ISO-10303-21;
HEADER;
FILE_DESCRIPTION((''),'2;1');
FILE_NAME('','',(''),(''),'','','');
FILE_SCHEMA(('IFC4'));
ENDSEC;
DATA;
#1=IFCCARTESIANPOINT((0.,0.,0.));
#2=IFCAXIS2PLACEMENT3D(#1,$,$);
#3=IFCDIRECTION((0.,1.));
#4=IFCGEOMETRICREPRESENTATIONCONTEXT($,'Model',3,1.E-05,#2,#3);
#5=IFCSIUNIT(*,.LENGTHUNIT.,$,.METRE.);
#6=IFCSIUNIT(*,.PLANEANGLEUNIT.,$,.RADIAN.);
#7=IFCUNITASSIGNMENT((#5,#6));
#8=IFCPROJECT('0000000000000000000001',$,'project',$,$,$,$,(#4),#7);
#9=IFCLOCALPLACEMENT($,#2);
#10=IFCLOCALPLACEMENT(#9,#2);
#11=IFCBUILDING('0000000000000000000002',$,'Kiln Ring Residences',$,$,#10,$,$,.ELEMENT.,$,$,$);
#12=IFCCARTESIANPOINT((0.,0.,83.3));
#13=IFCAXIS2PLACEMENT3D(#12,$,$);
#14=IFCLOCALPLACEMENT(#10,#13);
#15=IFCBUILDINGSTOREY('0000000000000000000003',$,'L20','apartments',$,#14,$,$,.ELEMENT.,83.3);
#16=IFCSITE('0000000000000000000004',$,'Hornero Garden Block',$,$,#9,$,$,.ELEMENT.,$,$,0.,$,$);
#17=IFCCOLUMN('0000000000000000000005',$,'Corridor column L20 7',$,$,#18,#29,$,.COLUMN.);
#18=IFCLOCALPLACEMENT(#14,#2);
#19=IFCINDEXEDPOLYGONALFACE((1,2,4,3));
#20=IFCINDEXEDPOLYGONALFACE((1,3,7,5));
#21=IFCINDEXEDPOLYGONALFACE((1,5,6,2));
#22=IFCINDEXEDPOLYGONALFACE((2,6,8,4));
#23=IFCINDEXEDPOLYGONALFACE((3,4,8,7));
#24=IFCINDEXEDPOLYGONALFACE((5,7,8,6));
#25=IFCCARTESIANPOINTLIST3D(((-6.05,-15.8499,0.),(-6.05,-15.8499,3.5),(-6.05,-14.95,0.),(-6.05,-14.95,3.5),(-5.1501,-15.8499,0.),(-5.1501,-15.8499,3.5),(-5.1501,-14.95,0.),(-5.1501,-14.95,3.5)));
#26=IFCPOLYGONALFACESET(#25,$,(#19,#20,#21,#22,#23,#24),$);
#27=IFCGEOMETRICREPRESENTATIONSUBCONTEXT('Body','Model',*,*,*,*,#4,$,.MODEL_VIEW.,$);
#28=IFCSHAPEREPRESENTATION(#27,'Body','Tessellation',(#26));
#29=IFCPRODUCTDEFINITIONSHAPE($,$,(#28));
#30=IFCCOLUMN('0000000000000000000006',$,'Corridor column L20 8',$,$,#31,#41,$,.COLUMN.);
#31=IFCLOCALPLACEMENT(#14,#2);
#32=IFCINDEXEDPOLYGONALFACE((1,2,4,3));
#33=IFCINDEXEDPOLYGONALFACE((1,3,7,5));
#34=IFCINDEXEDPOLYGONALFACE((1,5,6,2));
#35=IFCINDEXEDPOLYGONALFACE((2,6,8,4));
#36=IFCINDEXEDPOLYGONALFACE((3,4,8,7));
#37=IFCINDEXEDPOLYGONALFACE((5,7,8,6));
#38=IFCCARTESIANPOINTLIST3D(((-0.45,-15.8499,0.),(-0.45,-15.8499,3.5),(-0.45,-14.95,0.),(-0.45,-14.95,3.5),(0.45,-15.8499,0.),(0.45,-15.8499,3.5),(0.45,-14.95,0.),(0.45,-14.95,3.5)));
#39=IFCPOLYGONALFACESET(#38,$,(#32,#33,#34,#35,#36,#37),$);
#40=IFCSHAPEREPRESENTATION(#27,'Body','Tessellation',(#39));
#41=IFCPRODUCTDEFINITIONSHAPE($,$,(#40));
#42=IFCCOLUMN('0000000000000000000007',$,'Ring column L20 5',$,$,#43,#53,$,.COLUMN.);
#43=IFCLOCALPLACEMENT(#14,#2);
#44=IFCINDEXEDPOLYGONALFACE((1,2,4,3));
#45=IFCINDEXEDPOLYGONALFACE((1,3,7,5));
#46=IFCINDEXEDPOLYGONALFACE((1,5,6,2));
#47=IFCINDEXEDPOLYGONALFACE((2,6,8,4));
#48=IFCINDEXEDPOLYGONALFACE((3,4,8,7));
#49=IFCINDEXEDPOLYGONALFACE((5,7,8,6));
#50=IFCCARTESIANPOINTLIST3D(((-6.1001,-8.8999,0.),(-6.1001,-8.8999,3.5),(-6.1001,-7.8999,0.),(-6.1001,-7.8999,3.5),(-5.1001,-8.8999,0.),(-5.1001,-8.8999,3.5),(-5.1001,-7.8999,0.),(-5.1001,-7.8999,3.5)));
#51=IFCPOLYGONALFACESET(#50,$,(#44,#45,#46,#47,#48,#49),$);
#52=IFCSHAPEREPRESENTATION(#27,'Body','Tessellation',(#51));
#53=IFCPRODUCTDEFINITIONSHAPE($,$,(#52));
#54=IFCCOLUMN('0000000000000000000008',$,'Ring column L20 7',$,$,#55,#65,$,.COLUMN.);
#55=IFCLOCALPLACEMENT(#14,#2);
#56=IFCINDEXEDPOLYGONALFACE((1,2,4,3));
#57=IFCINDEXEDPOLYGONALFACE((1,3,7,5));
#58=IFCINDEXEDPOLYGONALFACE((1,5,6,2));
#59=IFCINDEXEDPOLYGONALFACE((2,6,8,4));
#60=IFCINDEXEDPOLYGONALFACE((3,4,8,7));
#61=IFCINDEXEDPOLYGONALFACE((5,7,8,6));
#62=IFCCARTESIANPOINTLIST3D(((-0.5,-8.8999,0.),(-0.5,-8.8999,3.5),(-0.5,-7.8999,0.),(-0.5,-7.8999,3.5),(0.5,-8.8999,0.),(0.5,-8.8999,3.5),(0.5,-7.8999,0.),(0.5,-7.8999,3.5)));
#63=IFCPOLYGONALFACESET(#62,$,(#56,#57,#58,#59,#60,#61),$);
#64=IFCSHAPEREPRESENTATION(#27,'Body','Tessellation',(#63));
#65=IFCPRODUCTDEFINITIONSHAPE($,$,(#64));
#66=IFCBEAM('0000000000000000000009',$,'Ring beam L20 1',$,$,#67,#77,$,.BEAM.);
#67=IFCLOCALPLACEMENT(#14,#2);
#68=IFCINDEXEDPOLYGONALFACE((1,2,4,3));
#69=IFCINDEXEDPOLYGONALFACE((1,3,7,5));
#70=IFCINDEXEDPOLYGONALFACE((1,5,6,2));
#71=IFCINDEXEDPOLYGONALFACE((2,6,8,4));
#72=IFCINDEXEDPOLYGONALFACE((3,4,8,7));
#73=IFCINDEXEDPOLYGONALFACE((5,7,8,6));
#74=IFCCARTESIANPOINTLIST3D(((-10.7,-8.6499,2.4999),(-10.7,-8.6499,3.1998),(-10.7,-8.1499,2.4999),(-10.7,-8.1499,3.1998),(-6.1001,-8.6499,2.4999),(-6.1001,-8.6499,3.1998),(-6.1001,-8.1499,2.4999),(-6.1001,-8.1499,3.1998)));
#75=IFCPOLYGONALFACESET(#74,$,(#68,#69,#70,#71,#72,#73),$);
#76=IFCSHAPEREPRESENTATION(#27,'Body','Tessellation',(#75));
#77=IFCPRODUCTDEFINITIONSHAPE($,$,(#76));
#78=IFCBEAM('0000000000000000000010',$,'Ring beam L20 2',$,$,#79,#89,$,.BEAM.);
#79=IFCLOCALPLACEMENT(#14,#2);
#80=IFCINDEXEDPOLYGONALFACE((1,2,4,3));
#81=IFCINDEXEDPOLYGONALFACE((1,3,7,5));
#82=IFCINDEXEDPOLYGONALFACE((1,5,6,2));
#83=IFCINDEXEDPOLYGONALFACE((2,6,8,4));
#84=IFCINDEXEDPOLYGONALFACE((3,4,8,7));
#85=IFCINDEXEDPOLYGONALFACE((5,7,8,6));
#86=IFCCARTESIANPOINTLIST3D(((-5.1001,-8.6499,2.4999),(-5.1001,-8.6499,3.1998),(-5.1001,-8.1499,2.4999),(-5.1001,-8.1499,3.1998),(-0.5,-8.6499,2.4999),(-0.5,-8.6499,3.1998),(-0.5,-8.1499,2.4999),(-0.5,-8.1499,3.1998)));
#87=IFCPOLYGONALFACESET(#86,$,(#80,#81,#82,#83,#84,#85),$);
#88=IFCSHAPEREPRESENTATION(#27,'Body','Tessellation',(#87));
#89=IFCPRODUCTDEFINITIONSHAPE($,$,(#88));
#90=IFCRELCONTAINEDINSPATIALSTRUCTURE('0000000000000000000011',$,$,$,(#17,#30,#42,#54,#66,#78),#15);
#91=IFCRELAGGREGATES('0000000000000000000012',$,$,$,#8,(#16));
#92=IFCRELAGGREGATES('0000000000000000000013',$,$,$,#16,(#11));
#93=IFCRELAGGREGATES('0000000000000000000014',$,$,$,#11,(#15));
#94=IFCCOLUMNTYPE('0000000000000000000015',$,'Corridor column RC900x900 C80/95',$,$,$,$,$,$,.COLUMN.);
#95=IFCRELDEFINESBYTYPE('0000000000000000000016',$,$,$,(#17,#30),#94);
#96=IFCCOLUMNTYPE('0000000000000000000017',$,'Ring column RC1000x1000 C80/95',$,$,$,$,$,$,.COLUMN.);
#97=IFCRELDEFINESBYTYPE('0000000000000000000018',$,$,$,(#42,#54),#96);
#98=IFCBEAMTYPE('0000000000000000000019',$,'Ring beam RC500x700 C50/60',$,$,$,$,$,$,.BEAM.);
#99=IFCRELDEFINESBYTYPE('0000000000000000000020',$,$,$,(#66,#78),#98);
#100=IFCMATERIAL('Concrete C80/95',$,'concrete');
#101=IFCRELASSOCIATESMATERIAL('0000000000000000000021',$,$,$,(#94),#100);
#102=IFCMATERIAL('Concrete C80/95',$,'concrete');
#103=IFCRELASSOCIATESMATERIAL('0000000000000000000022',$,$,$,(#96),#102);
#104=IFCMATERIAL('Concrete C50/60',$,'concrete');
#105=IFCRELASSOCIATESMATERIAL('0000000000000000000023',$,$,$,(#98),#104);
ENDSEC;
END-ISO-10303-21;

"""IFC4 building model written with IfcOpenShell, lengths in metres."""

from ifc_helpers import new_model, si_unit, direction, frame, origin, origin_2d, place, context, subcontext, project, spatial, rectangle, extrude, material, material_profile, profile_set, type_object, element, save


model = new_model("IFC4")

# Units and contexts
model_context = context("Model", 3, precision=1e-05, world=origin(), true_north=direction((0.0, 1.0)))
body_context = subcontext(model_context, "Body", "Model", "MODEL_VIEW")
ifc_project = project(units=[si_unit("LENGTHUNIT", "METRE"), si_unit("PLANEANGLEUNIT", "RADIAN")], contexts=[model_context])

# Site, building, storey
site_placement = place(None, origin())
site = spatial("IfcSite", under=ifc_project, at=site_placement, Name="Hornero Garden Block", CompositionType="ELEMENT", RefElevation=0.0)
building_placement = place(site_placement, origin())
building = spatial("IfcBuilding", under=site, at=building_placement, Name="Kiln Ring Residences", CompositionType="ELEMENT")
storey_placement = place(building_placement, frame((0.0, 0.0, 83.3)))
storey = spatial("IfcBuildingStorey", under=building, at=storey_placement, Name="L20", Description="apartments", CompositionType="ELEMENT", Elevation=83.3)

# Columns
ifc_material_1 = material(Name="Concrete C80/95", Category="concrete")
ifc_material_profile_1 = material_profile(ifc_material_1, rectangle(XDim=0.8999, YDim=0.8999, at=origin_2d()), Name="RC900x900")
ifc_profile_set_1 = profile_set([ifc_material_profile_1], Name="Concrete C80/95")
column_type_1 = type_object("IfcColumnType", Name="Corridor column RC900x900 C80/95", PredefinedType="COLUMN", material=ifc_profile_set_1)
for number, where, z_axis, x_axis, name in (
    (1, (-5.6001, -15.3999, 0.0), (0.0, 0.0, 1.0), (1.0, 0.0, 0.0), "Corridor column L20 7"),
    (2, (0.0, -15.3999, 0.0), (0.0, 0.0, 1.0), (1.0, 0.0, 0.0), "Corridor column L20 8"),
):
    element("IfcColumn", number, at=place(storey_placement, frame(where, z_axis=z_axis, x_axis=x_axis)), inside=storey, type_object=column_type_1, Name=name, PredefinedType="COLUMN", context=body_context, shape_type="SweptSolid", body=[
        extrude(rectangle(XDim=0.8999, YDim=0.8999, at=origin_2d()), origin(), (0.0, 0.0, 1.0), 3.5),
    ])
ifc_material_2 = material(Name="Concrete C80/95", Category="concrete")
ifc_material_profile_2 = material_profile(ifc_material_2, rectangle(XDim=1.0, YDim=1.0, at=origin_2d()), Name="RC1000x1000")
ifc_profile_set_2 = profile_set([ifc_material_profile_2], Name="Concrete C80/95")
column_type_2 = type_object("IfcColumnType", Name="Ring column RC1000x1000 C80/95", PredefinedType="COLUMN", material=ifc_profile_set_2)
for number, where, z_axis, x_axis, name in (
    (3, (-5.6001, -8.3999, 0.0), (0.0, 0.0, 1.0), (1.0, 0.0, 0.0), "Ring column L20 5"),
    (4, (0.0, -8.3999, 0.0), (0.0, 0.0, 1.0), (1.0, 0.0, 0.0), "Ring column L20 7"),
):
    element("IfcColumn", number, at=place(storey_placement, frame(where, z_axis=z_axis, x_axis=x_axis)), inside=storey, type_object=column_type_2, Name=name, PredefinedType="COLUMN", context=body_context, shape_type="SweptSolid", body=[
        extrude(rectangle(XDim=1.0, YDim=1.0, at=origin_2d()), origin(), (0.0, 0.0, 1.0), 3.5),
    ])

# Beams
ifc_material_3 = material(Name="Concrete C50/60", Category="concrete")
ifc_material_profile_3 = material_profile(ifc_material_3, rectangle(XDim=0.5, YDim=0.7, at=origin_2d()), Name="RC500x700")
ifc_profile_set_3 = profile_set([ifc_material_profile_3], Name="Concrete C50/60")
beam_type = type_object("IfcBeamType", Name="Ring beam RC500x700 C50/60", PredefinedType="BEAM", material=ifc_profile_set_3)
beam_1_placement = place(storey_placement, frame((-10.7, -8.3999, 2.8499), z_axis=(1.0, 0.0, 0.0), x_axis=(0.0, 1.0, 0.0)))
element("IfcBeam", 5, at=beam_1_placement, inside=storey, type_object=beam_type, Name="Ring beam L20 1", PredefinedType="BEAM", context=body_context, shape_type="SweptSolid", body=[
    extrude(rectangle(XDim=0.5, YDim=0.7, at=origin_2d()), origin(), (0.0, 0.0, 1.0), 4.5999),
])
beam_2_placement = place(storey_placement, frame((-5.1001, -8.3999, 2.8499), z_axis=(1.0, 0.0, 0.0), x_axis=(0.0, 1.0, 0.0)))
element("IfcBeam", 6, at=beam_2_placement, inside=storey, type_object=beam_type, Name="Ring beam L20 2", PredefinedType="BEAM", context=body_context, shape_type="SweptSolid", body=[
    extrude(rectangle(XDim=0.5, YDim=0.7, at=origin_2d()), origin(), (0.0, 0.0, 1.0), 4.6001),
])

save(model, "model.ifc")
